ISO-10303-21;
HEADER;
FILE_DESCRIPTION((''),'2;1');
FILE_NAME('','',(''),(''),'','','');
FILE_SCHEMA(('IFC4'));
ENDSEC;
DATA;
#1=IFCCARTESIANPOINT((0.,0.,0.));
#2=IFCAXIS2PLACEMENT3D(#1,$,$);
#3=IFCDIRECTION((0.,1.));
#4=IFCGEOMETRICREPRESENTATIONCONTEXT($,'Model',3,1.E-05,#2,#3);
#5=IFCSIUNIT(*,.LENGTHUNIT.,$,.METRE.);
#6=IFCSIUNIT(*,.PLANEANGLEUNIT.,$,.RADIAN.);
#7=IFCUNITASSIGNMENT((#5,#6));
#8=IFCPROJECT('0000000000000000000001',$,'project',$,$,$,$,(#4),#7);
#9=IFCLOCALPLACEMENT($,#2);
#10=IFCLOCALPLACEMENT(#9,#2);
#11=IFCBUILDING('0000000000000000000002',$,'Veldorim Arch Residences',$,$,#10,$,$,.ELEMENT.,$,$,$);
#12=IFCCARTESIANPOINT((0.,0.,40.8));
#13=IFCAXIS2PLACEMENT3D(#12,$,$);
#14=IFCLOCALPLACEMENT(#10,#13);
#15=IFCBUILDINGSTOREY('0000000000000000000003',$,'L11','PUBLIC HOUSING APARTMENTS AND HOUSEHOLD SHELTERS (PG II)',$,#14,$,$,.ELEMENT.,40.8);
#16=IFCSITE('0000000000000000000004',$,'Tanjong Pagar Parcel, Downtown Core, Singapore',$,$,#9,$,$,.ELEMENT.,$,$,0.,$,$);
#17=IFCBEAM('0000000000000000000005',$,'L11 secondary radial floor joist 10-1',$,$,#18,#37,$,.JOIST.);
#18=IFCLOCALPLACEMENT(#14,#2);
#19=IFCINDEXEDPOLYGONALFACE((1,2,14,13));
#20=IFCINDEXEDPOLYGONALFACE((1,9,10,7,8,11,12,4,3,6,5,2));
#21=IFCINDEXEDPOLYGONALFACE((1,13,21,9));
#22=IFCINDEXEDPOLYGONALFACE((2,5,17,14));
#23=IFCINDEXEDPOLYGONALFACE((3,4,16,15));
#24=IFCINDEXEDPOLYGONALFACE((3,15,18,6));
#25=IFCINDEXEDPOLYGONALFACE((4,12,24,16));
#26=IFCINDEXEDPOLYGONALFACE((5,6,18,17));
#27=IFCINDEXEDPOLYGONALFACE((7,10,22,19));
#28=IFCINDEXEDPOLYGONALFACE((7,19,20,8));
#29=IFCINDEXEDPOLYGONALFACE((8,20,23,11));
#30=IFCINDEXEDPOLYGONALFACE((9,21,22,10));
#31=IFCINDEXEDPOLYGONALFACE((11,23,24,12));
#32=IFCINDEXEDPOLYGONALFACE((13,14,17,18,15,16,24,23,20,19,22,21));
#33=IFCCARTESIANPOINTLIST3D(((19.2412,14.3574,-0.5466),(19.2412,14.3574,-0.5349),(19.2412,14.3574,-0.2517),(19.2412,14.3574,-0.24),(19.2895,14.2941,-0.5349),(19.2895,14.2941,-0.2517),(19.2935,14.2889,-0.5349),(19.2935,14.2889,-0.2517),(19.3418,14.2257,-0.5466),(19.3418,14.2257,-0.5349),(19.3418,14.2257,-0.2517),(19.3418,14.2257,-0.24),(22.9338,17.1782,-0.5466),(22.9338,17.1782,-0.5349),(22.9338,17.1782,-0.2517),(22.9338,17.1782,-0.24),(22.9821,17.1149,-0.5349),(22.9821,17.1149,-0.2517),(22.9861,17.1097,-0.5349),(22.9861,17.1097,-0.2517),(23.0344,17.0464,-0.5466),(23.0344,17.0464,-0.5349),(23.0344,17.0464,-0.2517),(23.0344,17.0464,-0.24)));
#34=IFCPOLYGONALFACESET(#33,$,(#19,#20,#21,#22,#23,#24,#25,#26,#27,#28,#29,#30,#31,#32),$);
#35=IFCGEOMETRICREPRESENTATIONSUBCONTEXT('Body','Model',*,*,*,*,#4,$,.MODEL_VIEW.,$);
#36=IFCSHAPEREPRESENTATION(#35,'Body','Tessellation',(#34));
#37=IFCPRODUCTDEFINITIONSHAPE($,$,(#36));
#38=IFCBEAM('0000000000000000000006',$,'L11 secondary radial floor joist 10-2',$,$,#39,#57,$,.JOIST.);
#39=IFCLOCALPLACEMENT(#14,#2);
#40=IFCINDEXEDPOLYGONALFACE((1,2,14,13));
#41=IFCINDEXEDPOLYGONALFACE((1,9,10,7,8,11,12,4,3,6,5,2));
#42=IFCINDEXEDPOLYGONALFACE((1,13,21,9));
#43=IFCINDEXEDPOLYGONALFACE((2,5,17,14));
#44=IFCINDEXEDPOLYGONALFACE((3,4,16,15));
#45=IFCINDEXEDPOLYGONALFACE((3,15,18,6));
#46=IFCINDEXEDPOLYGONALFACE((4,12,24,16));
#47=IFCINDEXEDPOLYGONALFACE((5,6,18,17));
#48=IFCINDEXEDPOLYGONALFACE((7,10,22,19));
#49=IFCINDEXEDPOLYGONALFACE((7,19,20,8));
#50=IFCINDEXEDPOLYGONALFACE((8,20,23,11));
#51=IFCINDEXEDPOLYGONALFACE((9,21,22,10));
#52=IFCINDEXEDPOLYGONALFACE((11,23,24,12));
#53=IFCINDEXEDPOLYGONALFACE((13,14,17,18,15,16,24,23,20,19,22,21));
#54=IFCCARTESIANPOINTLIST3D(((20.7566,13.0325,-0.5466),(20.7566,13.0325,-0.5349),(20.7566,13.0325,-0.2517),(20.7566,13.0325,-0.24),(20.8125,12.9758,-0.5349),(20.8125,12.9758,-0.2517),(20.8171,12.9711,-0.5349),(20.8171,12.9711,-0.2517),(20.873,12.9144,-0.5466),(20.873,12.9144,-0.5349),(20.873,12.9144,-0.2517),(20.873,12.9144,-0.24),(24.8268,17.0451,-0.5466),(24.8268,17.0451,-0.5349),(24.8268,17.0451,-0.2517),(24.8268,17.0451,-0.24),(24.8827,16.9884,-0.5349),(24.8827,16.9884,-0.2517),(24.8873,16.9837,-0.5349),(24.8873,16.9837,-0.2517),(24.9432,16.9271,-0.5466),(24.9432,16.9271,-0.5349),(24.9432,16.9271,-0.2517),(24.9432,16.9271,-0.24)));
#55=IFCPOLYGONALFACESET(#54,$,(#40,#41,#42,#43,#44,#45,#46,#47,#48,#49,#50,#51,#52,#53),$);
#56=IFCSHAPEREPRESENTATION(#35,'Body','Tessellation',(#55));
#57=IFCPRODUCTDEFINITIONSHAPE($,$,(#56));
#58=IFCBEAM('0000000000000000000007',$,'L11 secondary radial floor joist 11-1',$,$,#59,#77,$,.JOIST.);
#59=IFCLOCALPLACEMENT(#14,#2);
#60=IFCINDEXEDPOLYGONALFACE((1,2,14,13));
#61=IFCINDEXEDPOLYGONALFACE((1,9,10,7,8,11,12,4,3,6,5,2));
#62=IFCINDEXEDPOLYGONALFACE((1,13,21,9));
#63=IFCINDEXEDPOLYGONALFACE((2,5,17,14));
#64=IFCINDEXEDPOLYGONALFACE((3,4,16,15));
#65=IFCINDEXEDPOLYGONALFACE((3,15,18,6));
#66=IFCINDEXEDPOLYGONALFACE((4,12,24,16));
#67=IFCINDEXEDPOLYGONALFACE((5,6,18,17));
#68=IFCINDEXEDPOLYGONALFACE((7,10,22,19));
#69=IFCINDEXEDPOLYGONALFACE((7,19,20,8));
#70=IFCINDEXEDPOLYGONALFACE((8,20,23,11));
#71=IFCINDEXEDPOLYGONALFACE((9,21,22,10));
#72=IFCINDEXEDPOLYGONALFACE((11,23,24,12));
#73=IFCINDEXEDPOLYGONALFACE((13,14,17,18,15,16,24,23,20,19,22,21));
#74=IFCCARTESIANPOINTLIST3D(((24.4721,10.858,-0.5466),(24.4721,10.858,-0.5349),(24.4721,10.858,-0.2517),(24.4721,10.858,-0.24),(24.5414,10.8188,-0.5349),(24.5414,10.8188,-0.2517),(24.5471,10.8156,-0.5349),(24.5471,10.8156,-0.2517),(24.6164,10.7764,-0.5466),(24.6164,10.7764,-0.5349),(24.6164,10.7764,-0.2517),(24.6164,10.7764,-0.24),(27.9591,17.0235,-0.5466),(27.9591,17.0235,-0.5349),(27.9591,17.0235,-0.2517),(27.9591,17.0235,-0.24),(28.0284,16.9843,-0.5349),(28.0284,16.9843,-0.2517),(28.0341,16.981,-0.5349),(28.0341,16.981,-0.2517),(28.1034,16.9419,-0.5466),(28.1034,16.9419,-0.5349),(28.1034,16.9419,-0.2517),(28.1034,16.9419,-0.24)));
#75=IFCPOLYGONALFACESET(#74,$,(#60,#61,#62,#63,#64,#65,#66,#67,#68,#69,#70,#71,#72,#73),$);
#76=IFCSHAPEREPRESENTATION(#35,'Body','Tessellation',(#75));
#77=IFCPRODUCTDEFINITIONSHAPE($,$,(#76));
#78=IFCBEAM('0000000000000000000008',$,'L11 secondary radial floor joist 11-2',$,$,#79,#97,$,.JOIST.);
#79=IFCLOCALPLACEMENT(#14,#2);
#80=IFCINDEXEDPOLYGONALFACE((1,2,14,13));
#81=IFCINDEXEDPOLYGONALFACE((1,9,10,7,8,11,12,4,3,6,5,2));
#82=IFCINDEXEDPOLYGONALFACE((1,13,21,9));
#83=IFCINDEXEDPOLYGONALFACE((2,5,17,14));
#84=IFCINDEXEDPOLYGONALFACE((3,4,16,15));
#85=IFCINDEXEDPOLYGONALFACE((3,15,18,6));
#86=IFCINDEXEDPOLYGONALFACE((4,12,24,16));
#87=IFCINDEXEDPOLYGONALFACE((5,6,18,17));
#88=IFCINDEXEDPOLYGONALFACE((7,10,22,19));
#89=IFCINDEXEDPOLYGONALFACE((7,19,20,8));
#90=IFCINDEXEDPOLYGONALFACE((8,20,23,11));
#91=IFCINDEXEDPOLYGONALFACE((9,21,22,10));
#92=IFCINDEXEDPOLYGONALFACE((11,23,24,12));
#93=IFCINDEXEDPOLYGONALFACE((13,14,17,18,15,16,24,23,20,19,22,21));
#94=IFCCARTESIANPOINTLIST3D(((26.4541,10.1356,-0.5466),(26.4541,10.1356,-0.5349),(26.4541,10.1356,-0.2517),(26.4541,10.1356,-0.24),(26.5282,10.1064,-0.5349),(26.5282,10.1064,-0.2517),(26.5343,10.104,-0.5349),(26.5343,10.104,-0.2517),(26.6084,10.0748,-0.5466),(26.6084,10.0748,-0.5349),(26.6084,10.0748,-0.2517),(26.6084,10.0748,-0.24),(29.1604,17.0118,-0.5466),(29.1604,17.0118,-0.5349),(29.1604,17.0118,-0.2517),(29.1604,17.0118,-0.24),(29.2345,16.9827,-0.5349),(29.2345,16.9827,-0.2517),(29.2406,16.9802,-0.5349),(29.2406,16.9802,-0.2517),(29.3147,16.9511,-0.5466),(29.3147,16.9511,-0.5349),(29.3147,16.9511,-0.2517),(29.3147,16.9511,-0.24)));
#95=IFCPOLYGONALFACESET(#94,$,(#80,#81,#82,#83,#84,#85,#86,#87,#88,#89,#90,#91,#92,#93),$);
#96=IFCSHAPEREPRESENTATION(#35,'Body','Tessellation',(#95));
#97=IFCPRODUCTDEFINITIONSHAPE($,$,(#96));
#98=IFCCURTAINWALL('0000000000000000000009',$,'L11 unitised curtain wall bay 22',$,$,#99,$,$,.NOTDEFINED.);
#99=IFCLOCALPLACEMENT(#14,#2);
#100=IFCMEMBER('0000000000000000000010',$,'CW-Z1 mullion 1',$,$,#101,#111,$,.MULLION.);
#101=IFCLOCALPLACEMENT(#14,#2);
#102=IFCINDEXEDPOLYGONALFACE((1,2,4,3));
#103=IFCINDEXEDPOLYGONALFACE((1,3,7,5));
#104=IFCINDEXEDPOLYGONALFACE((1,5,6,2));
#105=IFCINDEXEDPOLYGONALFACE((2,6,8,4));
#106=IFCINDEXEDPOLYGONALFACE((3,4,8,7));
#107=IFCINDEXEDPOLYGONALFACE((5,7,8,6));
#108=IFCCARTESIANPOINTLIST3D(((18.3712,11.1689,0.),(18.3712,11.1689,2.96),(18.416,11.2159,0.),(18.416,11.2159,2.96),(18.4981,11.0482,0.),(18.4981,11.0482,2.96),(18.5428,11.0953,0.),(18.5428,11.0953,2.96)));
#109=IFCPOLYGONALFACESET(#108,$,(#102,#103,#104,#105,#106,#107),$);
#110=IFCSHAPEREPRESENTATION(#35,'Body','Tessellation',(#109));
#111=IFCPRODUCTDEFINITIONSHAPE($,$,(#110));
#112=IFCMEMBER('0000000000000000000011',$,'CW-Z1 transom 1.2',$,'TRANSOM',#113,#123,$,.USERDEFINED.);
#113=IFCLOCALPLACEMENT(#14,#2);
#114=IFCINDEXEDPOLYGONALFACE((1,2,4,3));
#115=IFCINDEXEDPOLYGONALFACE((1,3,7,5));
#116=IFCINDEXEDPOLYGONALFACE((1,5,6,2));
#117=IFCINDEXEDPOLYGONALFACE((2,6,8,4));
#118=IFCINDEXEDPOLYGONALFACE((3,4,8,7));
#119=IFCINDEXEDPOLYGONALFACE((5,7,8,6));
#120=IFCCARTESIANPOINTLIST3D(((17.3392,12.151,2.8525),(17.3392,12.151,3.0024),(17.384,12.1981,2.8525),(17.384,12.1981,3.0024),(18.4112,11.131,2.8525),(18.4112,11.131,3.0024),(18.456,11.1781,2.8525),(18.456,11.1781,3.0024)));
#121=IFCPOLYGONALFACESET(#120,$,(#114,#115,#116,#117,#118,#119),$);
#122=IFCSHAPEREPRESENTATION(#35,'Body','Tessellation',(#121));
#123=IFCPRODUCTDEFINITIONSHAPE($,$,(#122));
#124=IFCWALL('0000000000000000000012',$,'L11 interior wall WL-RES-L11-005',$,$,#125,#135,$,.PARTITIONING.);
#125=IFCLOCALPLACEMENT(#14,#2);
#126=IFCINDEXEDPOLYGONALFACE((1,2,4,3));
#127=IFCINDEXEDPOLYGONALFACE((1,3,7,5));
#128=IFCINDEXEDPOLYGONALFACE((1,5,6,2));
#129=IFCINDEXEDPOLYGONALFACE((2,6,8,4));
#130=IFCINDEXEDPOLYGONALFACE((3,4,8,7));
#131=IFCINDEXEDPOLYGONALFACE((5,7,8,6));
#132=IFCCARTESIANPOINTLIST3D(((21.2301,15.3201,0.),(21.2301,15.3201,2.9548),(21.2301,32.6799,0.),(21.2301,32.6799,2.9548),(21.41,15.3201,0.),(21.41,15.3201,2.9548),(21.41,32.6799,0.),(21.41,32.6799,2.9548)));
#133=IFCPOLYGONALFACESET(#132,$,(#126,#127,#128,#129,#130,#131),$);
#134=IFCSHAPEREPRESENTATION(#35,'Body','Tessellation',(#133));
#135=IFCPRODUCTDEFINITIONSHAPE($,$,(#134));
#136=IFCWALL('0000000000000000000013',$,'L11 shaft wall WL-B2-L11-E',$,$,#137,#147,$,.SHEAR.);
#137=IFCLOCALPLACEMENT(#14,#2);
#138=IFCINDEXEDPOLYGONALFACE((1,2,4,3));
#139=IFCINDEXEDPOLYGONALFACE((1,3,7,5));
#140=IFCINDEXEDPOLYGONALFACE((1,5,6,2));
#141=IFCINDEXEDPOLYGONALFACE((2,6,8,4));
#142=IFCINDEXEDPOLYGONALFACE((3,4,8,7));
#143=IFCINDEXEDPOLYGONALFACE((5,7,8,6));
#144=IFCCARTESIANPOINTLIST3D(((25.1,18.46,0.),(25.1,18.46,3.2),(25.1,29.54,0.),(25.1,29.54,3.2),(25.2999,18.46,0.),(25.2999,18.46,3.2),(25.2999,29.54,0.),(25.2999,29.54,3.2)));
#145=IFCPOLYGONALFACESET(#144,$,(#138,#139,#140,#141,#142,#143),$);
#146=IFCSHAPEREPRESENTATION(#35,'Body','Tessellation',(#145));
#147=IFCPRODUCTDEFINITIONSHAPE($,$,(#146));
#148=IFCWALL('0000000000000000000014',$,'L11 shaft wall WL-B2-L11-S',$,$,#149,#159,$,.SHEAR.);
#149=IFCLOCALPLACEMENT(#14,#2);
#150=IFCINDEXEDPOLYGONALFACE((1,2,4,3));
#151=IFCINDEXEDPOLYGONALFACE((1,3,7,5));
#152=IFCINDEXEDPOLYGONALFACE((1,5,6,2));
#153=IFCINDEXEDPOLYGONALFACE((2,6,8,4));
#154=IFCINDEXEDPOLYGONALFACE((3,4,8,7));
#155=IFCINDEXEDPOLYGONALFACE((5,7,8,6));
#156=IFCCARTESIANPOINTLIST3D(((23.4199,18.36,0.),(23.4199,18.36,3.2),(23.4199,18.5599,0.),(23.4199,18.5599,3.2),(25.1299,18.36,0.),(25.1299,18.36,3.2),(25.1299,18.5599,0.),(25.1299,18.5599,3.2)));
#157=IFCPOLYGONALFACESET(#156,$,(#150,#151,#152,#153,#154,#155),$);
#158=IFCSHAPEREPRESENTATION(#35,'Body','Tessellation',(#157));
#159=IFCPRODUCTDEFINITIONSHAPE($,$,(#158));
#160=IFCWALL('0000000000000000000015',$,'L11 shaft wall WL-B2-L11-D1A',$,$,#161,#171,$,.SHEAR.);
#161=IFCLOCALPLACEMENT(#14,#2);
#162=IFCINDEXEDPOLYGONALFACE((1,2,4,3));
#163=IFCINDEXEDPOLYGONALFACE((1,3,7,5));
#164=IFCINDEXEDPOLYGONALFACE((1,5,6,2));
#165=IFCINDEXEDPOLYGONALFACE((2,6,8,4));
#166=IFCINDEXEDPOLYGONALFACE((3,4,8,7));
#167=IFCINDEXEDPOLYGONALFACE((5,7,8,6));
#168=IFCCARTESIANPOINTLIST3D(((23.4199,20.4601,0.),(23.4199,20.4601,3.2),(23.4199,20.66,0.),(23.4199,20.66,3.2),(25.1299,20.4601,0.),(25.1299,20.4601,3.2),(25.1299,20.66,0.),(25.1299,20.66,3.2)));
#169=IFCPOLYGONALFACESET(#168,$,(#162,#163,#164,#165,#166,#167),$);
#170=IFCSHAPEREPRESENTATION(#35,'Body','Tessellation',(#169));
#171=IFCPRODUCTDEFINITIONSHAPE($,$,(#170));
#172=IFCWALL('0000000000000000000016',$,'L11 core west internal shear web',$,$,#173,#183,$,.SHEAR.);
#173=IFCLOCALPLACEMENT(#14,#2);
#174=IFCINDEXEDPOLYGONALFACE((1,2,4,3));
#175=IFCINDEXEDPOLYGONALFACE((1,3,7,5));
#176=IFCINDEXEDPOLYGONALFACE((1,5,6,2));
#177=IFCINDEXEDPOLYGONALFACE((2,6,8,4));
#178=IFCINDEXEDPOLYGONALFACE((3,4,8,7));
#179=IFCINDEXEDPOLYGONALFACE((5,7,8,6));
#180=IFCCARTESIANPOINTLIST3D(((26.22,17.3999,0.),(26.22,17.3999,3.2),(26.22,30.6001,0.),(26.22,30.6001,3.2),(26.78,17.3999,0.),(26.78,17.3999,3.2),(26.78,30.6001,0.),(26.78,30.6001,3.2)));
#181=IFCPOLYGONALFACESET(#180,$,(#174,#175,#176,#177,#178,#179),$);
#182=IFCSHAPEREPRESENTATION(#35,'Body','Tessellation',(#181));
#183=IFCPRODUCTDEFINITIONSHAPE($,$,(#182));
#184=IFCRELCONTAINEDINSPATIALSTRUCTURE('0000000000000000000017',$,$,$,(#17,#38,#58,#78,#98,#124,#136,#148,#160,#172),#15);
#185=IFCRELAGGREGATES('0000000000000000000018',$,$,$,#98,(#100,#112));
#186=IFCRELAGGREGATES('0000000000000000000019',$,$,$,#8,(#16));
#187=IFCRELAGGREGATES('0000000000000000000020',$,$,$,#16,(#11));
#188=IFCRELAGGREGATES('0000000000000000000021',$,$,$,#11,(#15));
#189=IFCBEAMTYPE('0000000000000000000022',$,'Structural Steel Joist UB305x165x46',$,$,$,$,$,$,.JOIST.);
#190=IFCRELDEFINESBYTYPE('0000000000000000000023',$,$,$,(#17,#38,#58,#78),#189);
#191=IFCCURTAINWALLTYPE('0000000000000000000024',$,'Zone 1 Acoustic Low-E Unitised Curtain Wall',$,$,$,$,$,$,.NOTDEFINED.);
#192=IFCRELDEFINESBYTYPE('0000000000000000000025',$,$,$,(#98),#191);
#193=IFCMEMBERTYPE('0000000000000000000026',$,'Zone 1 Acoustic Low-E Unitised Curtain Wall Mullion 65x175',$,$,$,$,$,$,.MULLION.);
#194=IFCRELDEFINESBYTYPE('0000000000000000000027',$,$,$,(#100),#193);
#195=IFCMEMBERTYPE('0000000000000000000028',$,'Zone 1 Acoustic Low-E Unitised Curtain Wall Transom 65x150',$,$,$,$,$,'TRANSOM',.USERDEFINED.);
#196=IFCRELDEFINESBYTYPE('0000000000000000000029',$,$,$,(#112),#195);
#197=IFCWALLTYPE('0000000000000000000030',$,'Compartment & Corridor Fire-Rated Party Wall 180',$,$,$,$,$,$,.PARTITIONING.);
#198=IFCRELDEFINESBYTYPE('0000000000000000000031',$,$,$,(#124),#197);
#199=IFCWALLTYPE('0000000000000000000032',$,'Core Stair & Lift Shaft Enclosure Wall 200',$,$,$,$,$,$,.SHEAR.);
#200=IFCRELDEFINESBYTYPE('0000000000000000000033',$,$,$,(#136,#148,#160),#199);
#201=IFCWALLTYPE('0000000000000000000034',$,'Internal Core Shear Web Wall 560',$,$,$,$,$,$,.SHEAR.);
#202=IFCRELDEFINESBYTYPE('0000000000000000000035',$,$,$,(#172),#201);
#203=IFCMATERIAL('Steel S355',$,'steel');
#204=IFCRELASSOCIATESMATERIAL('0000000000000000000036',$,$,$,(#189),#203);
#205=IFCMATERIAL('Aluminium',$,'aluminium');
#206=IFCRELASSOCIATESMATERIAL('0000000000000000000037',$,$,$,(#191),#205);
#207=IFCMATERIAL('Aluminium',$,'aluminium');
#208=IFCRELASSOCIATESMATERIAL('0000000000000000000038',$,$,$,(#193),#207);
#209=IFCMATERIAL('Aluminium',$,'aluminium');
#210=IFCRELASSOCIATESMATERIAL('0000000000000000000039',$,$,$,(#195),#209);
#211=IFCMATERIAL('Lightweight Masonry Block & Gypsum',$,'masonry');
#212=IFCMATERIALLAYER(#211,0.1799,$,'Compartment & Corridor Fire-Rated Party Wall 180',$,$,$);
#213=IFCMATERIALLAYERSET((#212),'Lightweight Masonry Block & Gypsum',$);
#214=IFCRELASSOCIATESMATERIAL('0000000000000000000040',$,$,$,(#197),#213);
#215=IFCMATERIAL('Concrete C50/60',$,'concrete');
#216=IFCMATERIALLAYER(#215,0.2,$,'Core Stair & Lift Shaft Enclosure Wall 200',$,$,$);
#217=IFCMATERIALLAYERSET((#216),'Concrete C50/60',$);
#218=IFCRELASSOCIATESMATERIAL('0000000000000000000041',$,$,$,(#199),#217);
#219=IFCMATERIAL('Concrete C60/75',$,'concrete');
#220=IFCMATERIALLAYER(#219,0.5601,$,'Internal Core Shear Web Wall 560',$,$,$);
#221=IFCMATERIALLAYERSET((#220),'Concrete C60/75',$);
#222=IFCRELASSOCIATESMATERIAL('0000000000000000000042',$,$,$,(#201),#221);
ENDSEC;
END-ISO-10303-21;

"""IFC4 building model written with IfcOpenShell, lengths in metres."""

from ifc_helpers import new_model, si_unit, direction, frame, frame_2d, origin, origin_2d, place, context, subcontext, project, spatial, rectangle, i_section, extrude, material, layer, layer_set, material_profile, profile_set, type_object, element, aggregate, save


model = new_model("IFC4")

# Units and contexts
model_context = context("Model", 3, precision=1e-05, world=origin(), true_north=direction((0.0, 1.0)))
body_context = subcontext(model_context, "Body", "Model", "MODEL_VIEW")
ifc_project = project(units=[si_unit("LENGTHUNIT", "METRE"), si_unit("PLANEANGLEUNIT", "RADIAN")], contexts=[model_context])

# Site, building, storey
site_placement = place(None, origin())
site = spatial("IfcSite", under=ifc_project, at=site_placement, Name="Tanjong Pagar Parcel, Downtown Core, Singapore", CompositionType="ELEMENT", RefElevation=0.0)
building_placement = place(site_placement, origin())
building = spatial("IfcBuilding", under=site, at=building_placement, Name="Veldorim Arch Residences", CompositionType="ELEMENT")
storey_placement = place(building_placement, frame((0.0, 0.0, 40.8)))
storey = spatial("IfcBuildingStorey", under=building, at=storey_placement, Name="L11", Description="PUBLIC HOUSING APARTMENTS AND HOUSEHOLD SHELTERS (PG II)", CompositionType="ELEMENT", Elevation=40.8)

# Beams
ifc_material_1 = material(Name="Steel S355", Category="steel")
ifc_material_profile_1 = material_profile(ifc_material_1, i_section(OverallWidth=0.1658, OverallDepth=0.3066, WebThickness=0.0066, FlangeThickness=0.0117, at=origin_2d()), Name="UB305x165x46")
ifc_profile_set_1 = profile_set([ifc_material_profile_1], Name="Steel S355")
beam_type_1 = type_object("IfcBeamType", Name="Structural Steel Joist UB305x165x46", PredefinedType="JOIST", material=ifc_profile_set_1)
beam_1_placement = place(storey_placement, frame((22.9841, 17.1123, -0.3933), z_axis=(-0.794666, -0.607046, 0.0), x_axis=(0.607046, -0.794666, 0.0)))
element("IfcBeam", 1, at=beam_1_placement, inside=storey, type_object=beam_type_1, Name="L11 secondary radial floor joist 10-1", PredefinedType="JOIST", context=body_context, shape_type="SweptSolid", body=[
    extrude(i_section(OverallWidth=0.1658, OverallDepth=0.3066, WebThickness=0.0066, FlangeThickness=0.0117, at=origin_2d()), origin(), (0.0, 0.0, 1.0), 4.6467),
])
beam_2_placement = place(storey_placement, frame((24.885, 16.9861, -0.3933), z_axis=(-0.712129, -0.702049, 0.0), x_axis=(0.702049, -0.712129, 0.0)))
element("IfcBeam", 2, at=beam_2_placement, inside=storey, type_object=beam_type_1, Name="L11 secondary radial floor joist 10-2", PredefinedType="JOIST", context=body_context, shape_type="SweptSolid", body=[
    extrude(i_section(OverallWidth=0.1658, OverallDepth=0.3066, WebThickness=0.0066, FlangeThickness=0.0117, at=origin_2d()), origin(), (0.0, 0.0, 1.0), 5.7156),
])
beam_3_placement = place(storey_placement, frame((28.0312, 16.9827, -0.3933), z_axis=(-0.492292, -0.87043, 0.0), x_axis=(0.87043, -0.492292, 0.0)))
element("IfcBeam", 3, at=beam_3_placement, inside=storey, type_object=beam_type_1, Name="L11 secondary radial floor joist 11-1", PredefinedType="JOIST", context=body_context, shape_type="SweptSolid", body=[
    extrude(i_section(OverallWidth=0.1658, OverallDepth=0.3066, WebThickness=0.0066, FlangeThickness=0.0117, at=origin_2d()), origin(), (0.0, 0.0, 1.0), 7.0833),
])
beam_4_placement = place(storey_placement, frame((29.2375, 16.9814, -0.3933), z_axis=(-0.36623, -0.930524, 0.0), x_axis=(0.930524, -0.36623, 0.0)))
element("IfcBeam", 4, at=beam_4_placement, inside=storey, type_object=beam_type_1, Name="L11 secondary radial floor joist 11-2", PredefinedType="JOIST", context=body_context, shape_type="SweptSolid", body=[
    extrude(i_section(OverallWidth=0.1658, OverallDepth=0.3066, WebThickness=0.0066, FlangeThickness=0.0117, at=origin_2d()), origin(), (0.0, 0.0, 1.0), 7.3896),
])

# Curtain wall, members
ifc_material_2 = material(Name="Aluminium", Category="aluminium")
curtain_wall_type = type_object("IfcCurtainWallType", Name="Zone 1 Acoustic Low-E Unitised Curtain Wall", PredefinedType="NOTDEFINED", material=ifc_material_2)
curtain_wall_placement = place(storey_placement, origin())
curtain_wall = element("IfcCurtainWall", 5, at=curtain_wall_placement, inside=storey, type_object=curtain_wall_type, Name="L11 unitised curtain wall bay 22", PredefinedType="NOTDEFINED")
ifc_material_3 = material(Name="Aluminium", Category="aluminium")
ifc_material_profile_2 = material_profile(ifc_material_3, rectangle(XDim=0.0649, YDim=0.175, at=origin_2d()), Name="ALU_MUL_65x175")
ifc_profile_set_2 = profile_set([ifc_material_profile_2], Name="Aluminium")
member_type_1 = type_object("IfcMemberType", Name="Zone 1 Acoustic Low-E Unitised Curtain Wall Mullion 65x175", PredefinedType="MULLION", material=ifc_profile_set_2)
member_1_placement = place(storey_placement, frame((18.457, 11.1321, 0.0), z_axis=(0.0, 0.0, 1.0), x_axis=(-0.689245, -0.724528, 0.0)))
member_1 = element("IfcMember", 6, at=member_1_placement, type_object=member_type_1, Name="CW-Z1 mullion 1", PredefinedType="MULLION", context=body_context, shape_type="SweptSolid", body=[
    extrude(rectangle(XDim=0.0649, YDim=0.175, at=origin_2d()), origin(), (0.0, 0.0, 1.0), 2.96),
])
ifc_material_4 = material(Name="Aluminium", Category="aluminium")
ifc_material_profile_3 = material_profile(ifc_material_4, rectangle(XDim=0.0649, YDim=0.1499, at=origin_2d()), Name="ALU_TRN_65x150")
ifc_profile_set_3 = profile_set([ifc_material_profile_3], Name="Aluminium")
member_type_2 = type_object("IfcMemberType", Name="Zone 1 Acoustic Low-E Unitised Curtain Wall Transom 65x150", ElementType="TRANSOM", PredefinedType="USERDEFINED", material=ifc_profile_set_3)
member_2_placement = place(storey_placement, frame((18.4336, 11.1545, 2.9275), z_axis=(-0.72446, 0.689317, 0.0), x_axis=(-0.689317, -0.72446, 0.0)))
member_2 = element("IfcMember", 7, at=member_2_placement, type_object=member_type_2, Name="CW-Z1 transom 1.2", ObjectType="TRANSOM", PredefinedType="USERDEFINED", context=body_context, shape_type="SweptSolid", body=[
    extrude(rectangle(XDim=0.0649, YDim=0.1499, at=origin_2d()), origin(), (0.0, 0.0, 1.0), 1.4797),
])
aggregate(curtain_wall, [member_1, member_2])

# Wall
ifc_material_5 = material(Name="Lightweight Masonry Block & Gypsum", Category="masonry")
ifc_layer_1 = layer(ifc_material_5, 0.1799, Name="Compartment & Corridor Fire-Rated Party Wall 180")
ifc_layer_set_1 = layer_set([ifc_layer_1], Name="Lightweight Masonry Block & Gypsum")
wall_type_1 = type_object("IfcWallType", Name="Compartment & Corridor Fire-Rated Party Wall 180", PredefinedType="PARTITIONING", material=ifc_layer_set_1)
wall_1_placement = place(storey_placement, frame((21.3201, 15.3201, 0.0), z_axis=(0.0, 0.0, 1.0), x_axis=(0.0, 1.0, 0.0)))
element("IfcWall", 8, at=wall_1_placement, inside=storey, type_object=wall_type_1, Name="L11 interior wall WL-RES-L11-005", PredefinedType="PARTITIONING", context=body_context, shape_type="SweptSolid", body=[
    extrude(rectangle(XDim=17.3599, YDim=0.1799, at=frame_2d((8.6799, 0.0))), origin(), (0.0, 0.0, 1.0), 2.9548),
])

# Shared definitions
ifc_material_6 = material(Name="Concrete C50/60", Category="concrete")
ifc_layer_2 = layer(ifc_material_6, 0.2, Name="Core Stair & Lift Shaft Enclosure Wall 200")
ifc_layer_set_2 = layer_set([ifc_layer_2], Name="Concrete C50/60")
wall_type_2 = type_object("IfcWallType", Name="Core Stair & Lift Shaft Enclosure Wall 200", PredefinedType="SHEAR", material=ifc_layer_set_2)

# Walls
wall_2_placement = place(storey_placement, frame((25.2, 18.46, 0.0), z_axis=(0.0, 0.0, 1.0), x_axis=(0.0, 1.0, 0.0)))
element("IfcWall", 9, at=wall_2_placement, inside=storey, type_object=wall_type_2, Name="L11 shaft wall WL-B2-L11-E", PredefinedType="SHEAR", context=body_context, shape_type="SweptSolid", body=[
    extrude(rectangle(XDim=11.0801, YDim=0.2, at=frame_2d((5.54, 0.0))), origin(), (0.0, 0.0, 1.0), 3.2),
])
for number, where, z_axis, x_axis, name in (
    (10, (23.4199, 18.46, 0.0), (0.0, 0.0, 1.0), (1.0, 0.0, 0.0), "L11 shaft wall WL-B2-L11-S"),
    (11, (23.4199, 20.5601, 0.0), (0.0, 0.0, 1.0), (1.0, 0.0, 0.0), "L11 shaft wall WL-B2-L11-D1A"),
):
    element("IfcWall", number, at=place(storey_placement, frame(where, z_axis=z_axis, x_axis=x_axis)), inside=storey, type_object=wall_type_2, Name=name, PredefinedType="SHEAR", context=body_context, shape_type="SweptSolid", body=[
        extrude(rectangle(XDim=1.71, YDim=0.2, at=frame_2d((0.855, 0.0))), origin(), (0.0, 0.0, 1.0), 3.2),
    ])
ifc_material_7 = material(Name="Concrete C60/75", Category="concrete")
ifc_layer_3 = layer(ifc_material_7, 0.5601, Name="Internal Core Shear Web Wall 560")
ifc_layer_set_3 = layer_set([ifc_layer_3], Name="Concrete C60/75")
wall_type_3 = type_object("IfcWallType", Name="Internal Core Shear Web Wall 560", PredefinedType="SHEAR", material=ifc_layer_set_3)
wall_3_placement = place(storey_placement, frame((26.5, 17.3999, 0.0), z_axis=(0.0, 0.0, 1.0), x_axis=(0.0, 1.0, 0.0)))
element("IfcWall", 12, at=wall_3_placement, inside=storey, type_object=wall_type_3, Name="L11 core west internal shear web", PredefinedType="SHEAR", context=body_context, shape_type="SweptSolid", body=[
    extrude(rectangle(XDim=13.2002, YDim=0.5601, at=frame_2d((6.6001, 0.0))), origin(), (0.0, 0.0, 1.0), 3.2),
])

save(model, "model.ifc")
